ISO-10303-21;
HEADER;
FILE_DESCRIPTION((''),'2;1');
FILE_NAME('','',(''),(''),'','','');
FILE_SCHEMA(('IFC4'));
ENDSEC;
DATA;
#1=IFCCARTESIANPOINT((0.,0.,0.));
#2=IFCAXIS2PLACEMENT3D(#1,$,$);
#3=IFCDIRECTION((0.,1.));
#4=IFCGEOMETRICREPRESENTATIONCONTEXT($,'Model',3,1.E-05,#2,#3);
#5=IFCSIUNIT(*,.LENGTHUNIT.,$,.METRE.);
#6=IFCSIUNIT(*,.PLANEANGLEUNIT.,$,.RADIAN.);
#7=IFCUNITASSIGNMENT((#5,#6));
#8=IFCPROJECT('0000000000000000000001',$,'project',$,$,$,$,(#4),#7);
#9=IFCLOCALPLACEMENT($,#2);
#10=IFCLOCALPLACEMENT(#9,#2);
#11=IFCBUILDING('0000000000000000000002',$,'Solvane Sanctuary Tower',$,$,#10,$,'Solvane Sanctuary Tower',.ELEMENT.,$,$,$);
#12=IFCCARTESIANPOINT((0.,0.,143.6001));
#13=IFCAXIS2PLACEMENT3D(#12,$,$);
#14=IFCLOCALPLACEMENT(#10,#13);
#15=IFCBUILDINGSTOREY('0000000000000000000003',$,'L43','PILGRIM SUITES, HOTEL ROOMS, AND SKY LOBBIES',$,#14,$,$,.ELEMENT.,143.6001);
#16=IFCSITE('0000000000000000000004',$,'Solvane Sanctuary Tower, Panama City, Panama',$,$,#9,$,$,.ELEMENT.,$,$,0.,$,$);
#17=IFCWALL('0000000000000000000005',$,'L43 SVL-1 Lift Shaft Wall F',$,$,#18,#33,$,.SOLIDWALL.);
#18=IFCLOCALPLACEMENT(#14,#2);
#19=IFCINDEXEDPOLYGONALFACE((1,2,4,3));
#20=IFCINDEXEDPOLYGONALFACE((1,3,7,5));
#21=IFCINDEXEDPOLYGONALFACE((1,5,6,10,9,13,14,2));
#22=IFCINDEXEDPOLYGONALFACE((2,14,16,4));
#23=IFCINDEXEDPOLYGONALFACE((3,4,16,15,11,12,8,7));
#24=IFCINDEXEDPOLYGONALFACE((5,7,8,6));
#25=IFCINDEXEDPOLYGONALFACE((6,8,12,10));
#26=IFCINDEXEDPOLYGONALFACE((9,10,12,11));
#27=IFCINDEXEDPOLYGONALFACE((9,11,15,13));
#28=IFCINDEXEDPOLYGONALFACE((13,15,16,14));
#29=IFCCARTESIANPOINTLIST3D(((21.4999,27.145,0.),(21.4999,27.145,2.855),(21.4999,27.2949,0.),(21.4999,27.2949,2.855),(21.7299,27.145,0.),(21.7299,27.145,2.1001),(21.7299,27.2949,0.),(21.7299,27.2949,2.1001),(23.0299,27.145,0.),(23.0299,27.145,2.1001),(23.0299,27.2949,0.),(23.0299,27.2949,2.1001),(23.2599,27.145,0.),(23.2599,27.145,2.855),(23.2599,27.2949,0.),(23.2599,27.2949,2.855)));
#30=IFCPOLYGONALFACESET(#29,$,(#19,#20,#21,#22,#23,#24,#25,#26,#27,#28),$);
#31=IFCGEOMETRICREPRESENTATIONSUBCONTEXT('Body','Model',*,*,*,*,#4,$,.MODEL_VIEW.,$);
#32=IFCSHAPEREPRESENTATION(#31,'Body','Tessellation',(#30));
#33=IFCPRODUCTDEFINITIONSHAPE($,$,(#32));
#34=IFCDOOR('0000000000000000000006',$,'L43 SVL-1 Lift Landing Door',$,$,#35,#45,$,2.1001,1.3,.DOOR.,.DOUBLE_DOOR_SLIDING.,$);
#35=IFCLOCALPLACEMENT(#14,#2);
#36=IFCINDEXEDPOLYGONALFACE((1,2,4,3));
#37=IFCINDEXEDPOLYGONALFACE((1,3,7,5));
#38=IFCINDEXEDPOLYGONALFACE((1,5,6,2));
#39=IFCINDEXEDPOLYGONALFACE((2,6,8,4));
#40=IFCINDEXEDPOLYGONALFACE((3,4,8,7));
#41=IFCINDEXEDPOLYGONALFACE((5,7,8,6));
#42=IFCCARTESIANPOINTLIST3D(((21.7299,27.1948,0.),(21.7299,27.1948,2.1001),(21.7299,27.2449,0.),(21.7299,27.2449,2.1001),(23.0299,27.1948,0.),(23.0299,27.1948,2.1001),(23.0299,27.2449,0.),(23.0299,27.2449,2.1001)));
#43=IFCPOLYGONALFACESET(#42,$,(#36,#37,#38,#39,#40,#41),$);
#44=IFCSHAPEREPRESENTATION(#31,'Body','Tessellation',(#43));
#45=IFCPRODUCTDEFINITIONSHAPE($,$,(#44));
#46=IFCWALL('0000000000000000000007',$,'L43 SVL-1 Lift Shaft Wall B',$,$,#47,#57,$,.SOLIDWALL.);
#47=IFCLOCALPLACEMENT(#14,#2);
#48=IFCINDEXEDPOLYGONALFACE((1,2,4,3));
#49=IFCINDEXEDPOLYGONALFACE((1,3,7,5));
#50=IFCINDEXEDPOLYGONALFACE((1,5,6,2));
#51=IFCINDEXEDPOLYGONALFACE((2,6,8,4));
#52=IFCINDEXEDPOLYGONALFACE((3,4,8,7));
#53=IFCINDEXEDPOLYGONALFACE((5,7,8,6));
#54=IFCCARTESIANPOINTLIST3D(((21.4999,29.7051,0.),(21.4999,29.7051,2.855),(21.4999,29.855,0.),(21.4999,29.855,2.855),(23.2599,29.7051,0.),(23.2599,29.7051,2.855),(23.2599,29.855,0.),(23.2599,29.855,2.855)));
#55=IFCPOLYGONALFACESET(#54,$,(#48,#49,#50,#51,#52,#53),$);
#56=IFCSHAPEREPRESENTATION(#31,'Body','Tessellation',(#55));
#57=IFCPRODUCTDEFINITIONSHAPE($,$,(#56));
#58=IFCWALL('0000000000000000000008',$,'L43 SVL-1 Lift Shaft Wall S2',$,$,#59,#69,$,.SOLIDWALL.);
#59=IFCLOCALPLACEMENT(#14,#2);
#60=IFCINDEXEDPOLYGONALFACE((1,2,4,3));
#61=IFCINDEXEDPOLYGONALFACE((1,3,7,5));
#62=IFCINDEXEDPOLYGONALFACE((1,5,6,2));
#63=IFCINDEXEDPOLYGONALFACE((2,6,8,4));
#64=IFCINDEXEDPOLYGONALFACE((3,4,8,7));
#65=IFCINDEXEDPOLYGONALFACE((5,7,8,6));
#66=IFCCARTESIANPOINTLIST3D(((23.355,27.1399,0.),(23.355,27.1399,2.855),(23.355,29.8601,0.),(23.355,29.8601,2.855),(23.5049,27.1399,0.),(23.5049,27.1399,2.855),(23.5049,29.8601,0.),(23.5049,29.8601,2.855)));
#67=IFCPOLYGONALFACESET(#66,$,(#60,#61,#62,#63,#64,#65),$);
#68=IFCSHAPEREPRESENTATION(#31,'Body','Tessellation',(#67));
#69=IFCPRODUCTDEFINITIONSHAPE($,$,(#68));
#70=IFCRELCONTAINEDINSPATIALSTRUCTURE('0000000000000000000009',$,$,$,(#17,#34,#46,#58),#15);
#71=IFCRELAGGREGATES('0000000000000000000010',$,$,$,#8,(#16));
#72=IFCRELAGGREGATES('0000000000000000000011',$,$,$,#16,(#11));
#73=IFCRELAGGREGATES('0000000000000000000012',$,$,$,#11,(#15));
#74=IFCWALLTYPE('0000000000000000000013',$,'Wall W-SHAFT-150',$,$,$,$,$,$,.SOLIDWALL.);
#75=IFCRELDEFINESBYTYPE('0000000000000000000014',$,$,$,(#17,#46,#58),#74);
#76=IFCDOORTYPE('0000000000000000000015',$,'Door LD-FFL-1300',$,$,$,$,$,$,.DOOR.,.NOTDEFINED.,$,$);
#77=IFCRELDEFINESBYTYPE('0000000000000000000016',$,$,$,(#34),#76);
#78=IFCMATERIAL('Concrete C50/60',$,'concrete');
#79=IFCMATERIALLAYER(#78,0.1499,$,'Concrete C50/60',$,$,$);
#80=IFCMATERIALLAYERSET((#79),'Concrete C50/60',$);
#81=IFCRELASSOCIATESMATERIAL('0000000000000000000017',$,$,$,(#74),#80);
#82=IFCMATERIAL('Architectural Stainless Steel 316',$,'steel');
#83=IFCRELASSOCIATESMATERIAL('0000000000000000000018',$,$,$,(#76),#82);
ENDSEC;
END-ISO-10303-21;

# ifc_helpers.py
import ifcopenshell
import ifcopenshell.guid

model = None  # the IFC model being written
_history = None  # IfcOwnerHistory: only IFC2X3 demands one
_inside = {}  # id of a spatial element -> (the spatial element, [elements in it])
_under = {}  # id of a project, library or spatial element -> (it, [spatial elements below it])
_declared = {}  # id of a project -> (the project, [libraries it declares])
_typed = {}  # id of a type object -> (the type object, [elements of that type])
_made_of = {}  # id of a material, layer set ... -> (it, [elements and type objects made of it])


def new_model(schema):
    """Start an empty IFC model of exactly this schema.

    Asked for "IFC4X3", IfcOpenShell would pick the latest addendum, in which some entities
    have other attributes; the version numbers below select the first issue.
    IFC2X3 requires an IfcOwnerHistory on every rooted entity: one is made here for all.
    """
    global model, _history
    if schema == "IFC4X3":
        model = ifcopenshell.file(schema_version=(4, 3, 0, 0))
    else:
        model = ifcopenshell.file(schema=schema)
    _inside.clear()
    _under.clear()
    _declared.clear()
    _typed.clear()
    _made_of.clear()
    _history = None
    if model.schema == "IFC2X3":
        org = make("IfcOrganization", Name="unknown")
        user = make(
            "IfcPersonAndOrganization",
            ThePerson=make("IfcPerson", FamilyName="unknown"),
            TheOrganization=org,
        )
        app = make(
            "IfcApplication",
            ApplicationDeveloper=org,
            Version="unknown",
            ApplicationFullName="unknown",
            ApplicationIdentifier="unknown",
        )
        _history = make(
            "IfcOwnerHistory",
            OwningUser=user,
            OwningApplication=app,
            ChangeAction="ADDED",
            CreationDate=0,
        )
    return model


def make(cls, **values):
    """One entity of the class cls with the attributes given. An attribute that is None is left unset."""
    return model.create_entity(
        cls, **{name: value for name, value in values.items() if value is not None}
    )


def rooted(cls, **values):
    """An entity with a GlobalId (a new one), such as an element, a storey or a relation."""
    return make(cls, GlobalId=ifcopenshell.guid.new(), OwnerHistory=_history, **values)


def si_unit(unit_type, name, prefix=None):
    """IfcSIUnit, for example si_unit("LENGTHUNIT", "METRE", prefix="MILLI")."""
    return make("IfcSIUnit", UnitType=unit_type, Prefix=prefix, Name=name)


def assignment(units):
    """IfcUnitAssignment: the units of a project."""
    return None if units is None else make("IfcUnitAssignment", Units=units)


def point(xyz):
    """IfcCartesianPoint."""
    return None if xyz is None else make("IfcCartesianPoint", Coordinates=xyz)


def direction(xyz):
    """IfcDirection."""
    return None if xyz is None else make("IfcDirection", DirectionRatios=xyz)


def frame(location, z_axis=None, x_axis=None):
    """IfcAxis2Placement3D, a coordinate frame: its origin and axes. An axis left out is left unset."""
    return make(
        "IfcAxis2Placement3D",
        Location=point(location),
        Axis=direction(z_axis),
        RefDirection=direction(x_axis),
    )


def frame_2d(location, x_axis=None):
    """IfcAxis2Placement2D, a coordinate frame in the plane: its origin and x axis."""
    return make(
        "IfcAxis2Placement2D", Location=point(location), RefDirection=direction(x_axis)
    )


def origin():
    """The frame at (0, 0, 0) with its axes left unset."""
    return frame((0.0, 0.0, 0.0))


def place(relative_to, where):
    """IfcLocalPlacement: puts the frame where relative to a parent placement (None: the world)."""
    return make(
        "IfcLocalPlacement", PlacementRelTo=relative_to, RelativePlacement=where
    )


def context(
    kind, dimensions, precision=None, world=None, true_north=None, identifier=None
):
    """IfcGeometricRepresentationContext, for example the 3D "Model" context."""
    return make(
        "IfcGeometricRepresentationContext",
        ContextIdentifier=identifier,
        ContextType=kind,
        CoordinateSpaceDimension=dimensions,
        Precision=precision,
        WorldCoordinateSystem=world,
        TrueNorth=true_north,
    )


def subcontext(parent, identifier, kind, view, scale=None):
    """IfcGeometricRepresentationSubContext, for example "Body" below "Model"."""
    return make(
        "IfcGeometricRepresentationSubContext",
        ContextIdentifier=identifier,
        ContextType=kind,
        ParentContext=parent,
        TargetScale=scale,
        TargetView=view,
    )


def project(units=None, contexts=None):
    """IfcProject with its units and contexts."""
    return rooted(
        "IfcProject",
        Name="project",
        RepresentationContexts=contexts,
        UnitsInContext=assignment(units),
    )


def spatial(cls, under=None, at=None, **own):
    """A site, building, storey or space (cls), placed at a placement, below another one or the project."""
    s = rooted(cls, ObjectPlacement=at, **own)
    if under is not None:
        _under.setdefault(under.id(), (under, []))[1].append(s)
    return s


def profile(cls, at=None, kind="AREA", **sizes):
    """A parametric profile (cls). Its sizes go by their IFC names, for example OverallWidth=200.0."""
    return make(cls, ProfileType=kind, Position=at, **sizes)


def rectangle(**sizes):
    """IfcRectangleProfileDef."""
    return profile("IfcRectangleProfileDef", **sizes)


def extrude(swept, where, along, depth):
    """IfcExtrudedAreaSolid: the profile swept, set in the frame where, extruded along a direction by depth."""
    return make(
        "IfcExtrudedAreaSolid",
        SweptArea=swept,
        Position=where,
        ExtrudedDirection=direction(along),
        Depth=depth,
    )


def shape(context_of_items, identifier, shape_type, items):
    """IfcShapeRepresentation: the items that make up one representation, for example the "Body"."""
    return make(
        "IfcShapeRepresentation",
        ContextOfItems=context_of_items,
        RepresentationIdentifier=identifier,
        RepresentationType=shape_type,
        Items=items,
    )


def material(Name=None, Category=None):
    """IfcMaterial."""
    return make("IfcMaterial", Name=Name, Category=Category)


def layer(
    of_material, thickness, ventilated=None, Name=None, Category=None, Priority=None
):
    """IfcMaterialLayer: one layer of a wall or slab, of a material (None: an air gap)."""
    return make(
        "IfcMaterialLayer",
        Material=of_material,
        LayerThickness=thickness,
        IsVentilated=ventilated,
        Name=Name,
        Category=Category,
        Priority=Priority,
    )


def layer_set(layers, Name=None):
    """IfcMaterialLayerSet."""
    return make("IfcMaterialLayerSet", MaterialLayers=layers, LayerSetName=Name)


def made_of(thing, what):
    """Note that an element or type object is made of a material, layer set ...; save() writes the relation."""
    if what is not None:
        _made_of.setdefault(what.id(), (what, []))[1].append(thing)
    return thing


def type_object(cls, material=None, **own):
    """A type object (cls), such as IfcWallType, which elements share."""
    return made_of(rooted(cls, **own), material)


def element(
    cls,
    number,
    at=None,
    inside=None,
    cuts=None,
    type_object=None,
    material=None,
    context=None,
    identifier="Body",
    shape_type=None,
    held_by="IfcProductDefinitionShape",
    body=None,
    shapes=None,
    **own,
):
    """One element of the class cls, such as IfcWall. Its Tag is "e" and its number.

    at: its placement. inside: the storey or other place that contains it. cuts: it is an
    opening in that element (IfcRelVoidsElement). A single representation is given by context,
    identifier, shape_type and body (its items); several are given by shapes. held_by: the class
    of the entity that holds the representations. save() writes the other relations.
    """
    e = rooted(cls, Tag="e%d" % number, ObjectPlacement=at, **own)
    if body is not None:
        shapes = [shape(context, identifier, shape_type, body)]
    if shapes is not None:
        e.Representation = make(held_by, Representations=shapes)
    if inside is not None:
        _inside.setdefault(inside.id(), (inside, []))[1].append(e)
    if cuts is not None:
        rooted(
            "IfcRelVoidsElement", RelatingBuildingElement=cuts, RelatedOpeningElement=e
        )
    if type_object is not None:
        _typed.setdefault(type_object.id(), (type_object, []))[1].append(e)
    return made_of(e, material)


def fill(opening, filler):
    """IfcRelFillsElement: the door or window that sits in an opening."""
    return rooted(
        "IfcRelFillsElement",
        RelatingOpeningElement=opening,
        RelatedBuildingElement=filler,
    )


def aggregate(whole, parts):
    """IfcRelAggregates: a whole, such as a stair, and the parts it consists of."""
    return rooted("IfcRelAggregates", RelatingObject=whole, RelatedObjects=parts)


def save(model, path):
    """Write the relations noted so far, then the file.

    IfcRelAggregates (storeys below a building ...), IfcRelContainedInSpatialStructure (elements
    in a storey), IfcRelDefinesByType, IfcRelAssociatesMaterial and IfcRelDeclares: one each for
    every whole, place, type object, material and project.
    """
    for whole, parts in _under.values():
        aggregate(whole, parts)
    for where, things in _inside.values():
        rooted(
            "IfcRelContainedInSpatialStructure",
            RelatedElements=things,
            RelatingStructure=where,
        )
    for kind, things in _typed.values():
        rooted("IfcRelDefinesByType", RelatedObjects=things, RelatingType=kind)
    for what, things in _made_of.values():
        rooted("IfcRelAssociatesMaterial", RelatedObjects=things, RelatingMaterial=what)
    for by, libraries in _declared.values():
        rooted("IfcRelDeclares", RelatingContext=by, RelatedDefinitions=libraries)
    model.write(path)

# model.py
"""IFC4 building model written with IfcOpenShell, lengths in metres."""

from ifc_helpers import new_model, si_unit, direction, frame, frame_2d, origin, place, context, subcontext, project, spatial, rectangle, extrude, material, layer, layer_set, type_object, element, fill, save


model = new_model("IFC4")

# Units and contexts
model_context = context("Model", 3, precision=1e-05, world=origin(), true_north=direction((0.0, 1.0)))
body_context = subcontext(model_context, "Body", "Model", "MODEL_VIEW")
ifc_project = project(units=[si_unit("LENGTHUNIT", "METRE"), si_unit("PLANEANGLEUNIT", "RADIAN")], contexts=[model_context])

# Site, building, storey
site_placement = place(None, origin())
site = spatial("IfcSite", under=ifc_project, at=site_placement, Name="Solvane Sanctuary Tower, Panama City, Panama", CompositionType="ELEMENT", RefElevation=0.0)
building_placement = place(site_placement, origin())
building = spatial("IfcBuilding", under=site, at=building_placement, Name="Solvane Sanctuary Tower", LongName="Solvane Sanctuary Tower", CompositionType="ELEMENT")
storey_placement = place(building_placement, frame((0.0, 0.0, 143.6001)))
storey = spatial("IfcBuildingStorey", under=building, at=storey_placement, Name="L43", Description="PILGRIM SUITES, HOTEL ROOMS, AND SKY LOBBIES", CompositionType="ELEMENT", Elevation=143.6001)

# Shared definitions
ifc_material_1 = material(Name="Concrete C50/60", Category="concrete")

# Shared definitions
ifc_material_2 = material(Name="Architectural Stainless Steel 316", Category="steel")

# Shared definitions
ifc_layer_1 = layer(ifc_material_1, 0.1499, Name="Concrete C50/60")
ifc_layer_set_1 = layer_set([ifc_layer_1], Name="Concrete C50/60")
wall_type_1 = type_object("IfcWallType", Name="Wall W-SHAFT-150", PredefinedType="SOLIDWALL", material=ifc_layer_set_1)

# Shared definitions
door_type_1 = type_object("IfcDoorType", Name="Door LD-FFL-1300", OperationType="NOTDEFINED", PredefinedType="DOOR", material=ifc_material_2)

# Wall, opening, door
wall_1_placement = place(storey_placement, frame((21.5, 27.22, 0.0), z_axis=(0.0, 0.0, 1.0), x_axis=(1.0, 0.0, 0.0)))
wall_1 = element("IfcWall", 1, at=wall_1_placement, inside=storey, type_object=wall_type_1, Name="L43 SVL-1 Lift Shaft Wall F", PredefinedType="SOLIDWALL", context=body_context, shape_type="SweptSolid", body=[
    extrude(rectangle(XDim=1.76, YDim=0.1499, at=frame_2d((0.8799, 0.0))), origin(), (0.0, 0.0, 1.0), 2.855),
])
opening_1_placement = place(wall_1_placement, frame((0.23, 0.0, 0.0)))
opening_1 = element("IfcOpeningElement", 2, at=opening_1_placement, cuts=wall_1, PredefinedType="OPENING", context=body_context, shape_type="SweptSolid", body=[
    extrude(rectangle(XDim=1.3, YDim=2.1001, at=frame_2d((0.6499, 1.05))), frame((0.0, 0.085, 0.0), z_axis=(0.0, -1.0, 0.0), x_axis=(1.0, 0.0, 0.0)), (0.0, 0.0, 1.0), 0.1699),
])
door_1_placement = place(opening_1_placement, origin())
door_1 = element("IfcDoor", 3, at=door_1_placement, inside=storey, type_object=door_type_1, Name="L43 SVL-1 Lift Landing Door", OperationType="DOUBLE_DOOR_SLIDING", OverallHeight=2.1001, OverallWidth=1.3, PredefinedType="DOOR", context=body_context, shape_type="SweptSolid", body=[
    extrude(rectangle(XDim=1.3, YDim=2.1001, at=frame_2d((0.6499, 1.05))), frame((0.0, 0.0249, 0.0), z_axis=(0.0, -1.0, 0.0), x_axis=(1.0, 0.0, 0.0)), (0.0, 0.0, 1.0), 0.05),
])
fill(opening_1, door_1)

# Walls
wall_2_placement = place(storey_placement, frame((21.5, 29.78, 0.0), z_axis=(0.0, 0.0, 1.0), x_axis=(1.0, 0.0, 0.0)))
element("IfcWall", 4, at=wall_2_placement, inside=storey, type_object=wall_type_1, Name="L43 SVL-1 Lift Shaft Wall B", PredefinedType="SOLIDWALL", context=body_context, shape_type="SweptSolid", body=[
    extrude(rectangle(XDim=1.76, YDim=0.1499, at=frame_2d((0.8799, 0.0))), origin(), (0.0, 0.0, 1.0), 2.855),
])
wall_3_placement = place(storey_placement, frame((23.4299, 27.1399, 0.0), z_axis=(0.0, 0.0, 1.0), x_axis=(0.0, 1.0, 0.0)))
element("IfcWall", 5, at=wall_3_placement, inside=storey, type_object=wall_type_1, Name="L43 SVL-1 Lift Shaft Wall S2", PredefinedType="SOLIDWALL", context=body_context, shape_type="SweptSolid", body=[
    extrude(rectangle(XDim=2.7202, YDim=0.1499, at=frame_2d((1.3601, 0.0))), origin(), (0.0, 0.0, 1.0), 2.855),
])

save(model, "model.ifc")
